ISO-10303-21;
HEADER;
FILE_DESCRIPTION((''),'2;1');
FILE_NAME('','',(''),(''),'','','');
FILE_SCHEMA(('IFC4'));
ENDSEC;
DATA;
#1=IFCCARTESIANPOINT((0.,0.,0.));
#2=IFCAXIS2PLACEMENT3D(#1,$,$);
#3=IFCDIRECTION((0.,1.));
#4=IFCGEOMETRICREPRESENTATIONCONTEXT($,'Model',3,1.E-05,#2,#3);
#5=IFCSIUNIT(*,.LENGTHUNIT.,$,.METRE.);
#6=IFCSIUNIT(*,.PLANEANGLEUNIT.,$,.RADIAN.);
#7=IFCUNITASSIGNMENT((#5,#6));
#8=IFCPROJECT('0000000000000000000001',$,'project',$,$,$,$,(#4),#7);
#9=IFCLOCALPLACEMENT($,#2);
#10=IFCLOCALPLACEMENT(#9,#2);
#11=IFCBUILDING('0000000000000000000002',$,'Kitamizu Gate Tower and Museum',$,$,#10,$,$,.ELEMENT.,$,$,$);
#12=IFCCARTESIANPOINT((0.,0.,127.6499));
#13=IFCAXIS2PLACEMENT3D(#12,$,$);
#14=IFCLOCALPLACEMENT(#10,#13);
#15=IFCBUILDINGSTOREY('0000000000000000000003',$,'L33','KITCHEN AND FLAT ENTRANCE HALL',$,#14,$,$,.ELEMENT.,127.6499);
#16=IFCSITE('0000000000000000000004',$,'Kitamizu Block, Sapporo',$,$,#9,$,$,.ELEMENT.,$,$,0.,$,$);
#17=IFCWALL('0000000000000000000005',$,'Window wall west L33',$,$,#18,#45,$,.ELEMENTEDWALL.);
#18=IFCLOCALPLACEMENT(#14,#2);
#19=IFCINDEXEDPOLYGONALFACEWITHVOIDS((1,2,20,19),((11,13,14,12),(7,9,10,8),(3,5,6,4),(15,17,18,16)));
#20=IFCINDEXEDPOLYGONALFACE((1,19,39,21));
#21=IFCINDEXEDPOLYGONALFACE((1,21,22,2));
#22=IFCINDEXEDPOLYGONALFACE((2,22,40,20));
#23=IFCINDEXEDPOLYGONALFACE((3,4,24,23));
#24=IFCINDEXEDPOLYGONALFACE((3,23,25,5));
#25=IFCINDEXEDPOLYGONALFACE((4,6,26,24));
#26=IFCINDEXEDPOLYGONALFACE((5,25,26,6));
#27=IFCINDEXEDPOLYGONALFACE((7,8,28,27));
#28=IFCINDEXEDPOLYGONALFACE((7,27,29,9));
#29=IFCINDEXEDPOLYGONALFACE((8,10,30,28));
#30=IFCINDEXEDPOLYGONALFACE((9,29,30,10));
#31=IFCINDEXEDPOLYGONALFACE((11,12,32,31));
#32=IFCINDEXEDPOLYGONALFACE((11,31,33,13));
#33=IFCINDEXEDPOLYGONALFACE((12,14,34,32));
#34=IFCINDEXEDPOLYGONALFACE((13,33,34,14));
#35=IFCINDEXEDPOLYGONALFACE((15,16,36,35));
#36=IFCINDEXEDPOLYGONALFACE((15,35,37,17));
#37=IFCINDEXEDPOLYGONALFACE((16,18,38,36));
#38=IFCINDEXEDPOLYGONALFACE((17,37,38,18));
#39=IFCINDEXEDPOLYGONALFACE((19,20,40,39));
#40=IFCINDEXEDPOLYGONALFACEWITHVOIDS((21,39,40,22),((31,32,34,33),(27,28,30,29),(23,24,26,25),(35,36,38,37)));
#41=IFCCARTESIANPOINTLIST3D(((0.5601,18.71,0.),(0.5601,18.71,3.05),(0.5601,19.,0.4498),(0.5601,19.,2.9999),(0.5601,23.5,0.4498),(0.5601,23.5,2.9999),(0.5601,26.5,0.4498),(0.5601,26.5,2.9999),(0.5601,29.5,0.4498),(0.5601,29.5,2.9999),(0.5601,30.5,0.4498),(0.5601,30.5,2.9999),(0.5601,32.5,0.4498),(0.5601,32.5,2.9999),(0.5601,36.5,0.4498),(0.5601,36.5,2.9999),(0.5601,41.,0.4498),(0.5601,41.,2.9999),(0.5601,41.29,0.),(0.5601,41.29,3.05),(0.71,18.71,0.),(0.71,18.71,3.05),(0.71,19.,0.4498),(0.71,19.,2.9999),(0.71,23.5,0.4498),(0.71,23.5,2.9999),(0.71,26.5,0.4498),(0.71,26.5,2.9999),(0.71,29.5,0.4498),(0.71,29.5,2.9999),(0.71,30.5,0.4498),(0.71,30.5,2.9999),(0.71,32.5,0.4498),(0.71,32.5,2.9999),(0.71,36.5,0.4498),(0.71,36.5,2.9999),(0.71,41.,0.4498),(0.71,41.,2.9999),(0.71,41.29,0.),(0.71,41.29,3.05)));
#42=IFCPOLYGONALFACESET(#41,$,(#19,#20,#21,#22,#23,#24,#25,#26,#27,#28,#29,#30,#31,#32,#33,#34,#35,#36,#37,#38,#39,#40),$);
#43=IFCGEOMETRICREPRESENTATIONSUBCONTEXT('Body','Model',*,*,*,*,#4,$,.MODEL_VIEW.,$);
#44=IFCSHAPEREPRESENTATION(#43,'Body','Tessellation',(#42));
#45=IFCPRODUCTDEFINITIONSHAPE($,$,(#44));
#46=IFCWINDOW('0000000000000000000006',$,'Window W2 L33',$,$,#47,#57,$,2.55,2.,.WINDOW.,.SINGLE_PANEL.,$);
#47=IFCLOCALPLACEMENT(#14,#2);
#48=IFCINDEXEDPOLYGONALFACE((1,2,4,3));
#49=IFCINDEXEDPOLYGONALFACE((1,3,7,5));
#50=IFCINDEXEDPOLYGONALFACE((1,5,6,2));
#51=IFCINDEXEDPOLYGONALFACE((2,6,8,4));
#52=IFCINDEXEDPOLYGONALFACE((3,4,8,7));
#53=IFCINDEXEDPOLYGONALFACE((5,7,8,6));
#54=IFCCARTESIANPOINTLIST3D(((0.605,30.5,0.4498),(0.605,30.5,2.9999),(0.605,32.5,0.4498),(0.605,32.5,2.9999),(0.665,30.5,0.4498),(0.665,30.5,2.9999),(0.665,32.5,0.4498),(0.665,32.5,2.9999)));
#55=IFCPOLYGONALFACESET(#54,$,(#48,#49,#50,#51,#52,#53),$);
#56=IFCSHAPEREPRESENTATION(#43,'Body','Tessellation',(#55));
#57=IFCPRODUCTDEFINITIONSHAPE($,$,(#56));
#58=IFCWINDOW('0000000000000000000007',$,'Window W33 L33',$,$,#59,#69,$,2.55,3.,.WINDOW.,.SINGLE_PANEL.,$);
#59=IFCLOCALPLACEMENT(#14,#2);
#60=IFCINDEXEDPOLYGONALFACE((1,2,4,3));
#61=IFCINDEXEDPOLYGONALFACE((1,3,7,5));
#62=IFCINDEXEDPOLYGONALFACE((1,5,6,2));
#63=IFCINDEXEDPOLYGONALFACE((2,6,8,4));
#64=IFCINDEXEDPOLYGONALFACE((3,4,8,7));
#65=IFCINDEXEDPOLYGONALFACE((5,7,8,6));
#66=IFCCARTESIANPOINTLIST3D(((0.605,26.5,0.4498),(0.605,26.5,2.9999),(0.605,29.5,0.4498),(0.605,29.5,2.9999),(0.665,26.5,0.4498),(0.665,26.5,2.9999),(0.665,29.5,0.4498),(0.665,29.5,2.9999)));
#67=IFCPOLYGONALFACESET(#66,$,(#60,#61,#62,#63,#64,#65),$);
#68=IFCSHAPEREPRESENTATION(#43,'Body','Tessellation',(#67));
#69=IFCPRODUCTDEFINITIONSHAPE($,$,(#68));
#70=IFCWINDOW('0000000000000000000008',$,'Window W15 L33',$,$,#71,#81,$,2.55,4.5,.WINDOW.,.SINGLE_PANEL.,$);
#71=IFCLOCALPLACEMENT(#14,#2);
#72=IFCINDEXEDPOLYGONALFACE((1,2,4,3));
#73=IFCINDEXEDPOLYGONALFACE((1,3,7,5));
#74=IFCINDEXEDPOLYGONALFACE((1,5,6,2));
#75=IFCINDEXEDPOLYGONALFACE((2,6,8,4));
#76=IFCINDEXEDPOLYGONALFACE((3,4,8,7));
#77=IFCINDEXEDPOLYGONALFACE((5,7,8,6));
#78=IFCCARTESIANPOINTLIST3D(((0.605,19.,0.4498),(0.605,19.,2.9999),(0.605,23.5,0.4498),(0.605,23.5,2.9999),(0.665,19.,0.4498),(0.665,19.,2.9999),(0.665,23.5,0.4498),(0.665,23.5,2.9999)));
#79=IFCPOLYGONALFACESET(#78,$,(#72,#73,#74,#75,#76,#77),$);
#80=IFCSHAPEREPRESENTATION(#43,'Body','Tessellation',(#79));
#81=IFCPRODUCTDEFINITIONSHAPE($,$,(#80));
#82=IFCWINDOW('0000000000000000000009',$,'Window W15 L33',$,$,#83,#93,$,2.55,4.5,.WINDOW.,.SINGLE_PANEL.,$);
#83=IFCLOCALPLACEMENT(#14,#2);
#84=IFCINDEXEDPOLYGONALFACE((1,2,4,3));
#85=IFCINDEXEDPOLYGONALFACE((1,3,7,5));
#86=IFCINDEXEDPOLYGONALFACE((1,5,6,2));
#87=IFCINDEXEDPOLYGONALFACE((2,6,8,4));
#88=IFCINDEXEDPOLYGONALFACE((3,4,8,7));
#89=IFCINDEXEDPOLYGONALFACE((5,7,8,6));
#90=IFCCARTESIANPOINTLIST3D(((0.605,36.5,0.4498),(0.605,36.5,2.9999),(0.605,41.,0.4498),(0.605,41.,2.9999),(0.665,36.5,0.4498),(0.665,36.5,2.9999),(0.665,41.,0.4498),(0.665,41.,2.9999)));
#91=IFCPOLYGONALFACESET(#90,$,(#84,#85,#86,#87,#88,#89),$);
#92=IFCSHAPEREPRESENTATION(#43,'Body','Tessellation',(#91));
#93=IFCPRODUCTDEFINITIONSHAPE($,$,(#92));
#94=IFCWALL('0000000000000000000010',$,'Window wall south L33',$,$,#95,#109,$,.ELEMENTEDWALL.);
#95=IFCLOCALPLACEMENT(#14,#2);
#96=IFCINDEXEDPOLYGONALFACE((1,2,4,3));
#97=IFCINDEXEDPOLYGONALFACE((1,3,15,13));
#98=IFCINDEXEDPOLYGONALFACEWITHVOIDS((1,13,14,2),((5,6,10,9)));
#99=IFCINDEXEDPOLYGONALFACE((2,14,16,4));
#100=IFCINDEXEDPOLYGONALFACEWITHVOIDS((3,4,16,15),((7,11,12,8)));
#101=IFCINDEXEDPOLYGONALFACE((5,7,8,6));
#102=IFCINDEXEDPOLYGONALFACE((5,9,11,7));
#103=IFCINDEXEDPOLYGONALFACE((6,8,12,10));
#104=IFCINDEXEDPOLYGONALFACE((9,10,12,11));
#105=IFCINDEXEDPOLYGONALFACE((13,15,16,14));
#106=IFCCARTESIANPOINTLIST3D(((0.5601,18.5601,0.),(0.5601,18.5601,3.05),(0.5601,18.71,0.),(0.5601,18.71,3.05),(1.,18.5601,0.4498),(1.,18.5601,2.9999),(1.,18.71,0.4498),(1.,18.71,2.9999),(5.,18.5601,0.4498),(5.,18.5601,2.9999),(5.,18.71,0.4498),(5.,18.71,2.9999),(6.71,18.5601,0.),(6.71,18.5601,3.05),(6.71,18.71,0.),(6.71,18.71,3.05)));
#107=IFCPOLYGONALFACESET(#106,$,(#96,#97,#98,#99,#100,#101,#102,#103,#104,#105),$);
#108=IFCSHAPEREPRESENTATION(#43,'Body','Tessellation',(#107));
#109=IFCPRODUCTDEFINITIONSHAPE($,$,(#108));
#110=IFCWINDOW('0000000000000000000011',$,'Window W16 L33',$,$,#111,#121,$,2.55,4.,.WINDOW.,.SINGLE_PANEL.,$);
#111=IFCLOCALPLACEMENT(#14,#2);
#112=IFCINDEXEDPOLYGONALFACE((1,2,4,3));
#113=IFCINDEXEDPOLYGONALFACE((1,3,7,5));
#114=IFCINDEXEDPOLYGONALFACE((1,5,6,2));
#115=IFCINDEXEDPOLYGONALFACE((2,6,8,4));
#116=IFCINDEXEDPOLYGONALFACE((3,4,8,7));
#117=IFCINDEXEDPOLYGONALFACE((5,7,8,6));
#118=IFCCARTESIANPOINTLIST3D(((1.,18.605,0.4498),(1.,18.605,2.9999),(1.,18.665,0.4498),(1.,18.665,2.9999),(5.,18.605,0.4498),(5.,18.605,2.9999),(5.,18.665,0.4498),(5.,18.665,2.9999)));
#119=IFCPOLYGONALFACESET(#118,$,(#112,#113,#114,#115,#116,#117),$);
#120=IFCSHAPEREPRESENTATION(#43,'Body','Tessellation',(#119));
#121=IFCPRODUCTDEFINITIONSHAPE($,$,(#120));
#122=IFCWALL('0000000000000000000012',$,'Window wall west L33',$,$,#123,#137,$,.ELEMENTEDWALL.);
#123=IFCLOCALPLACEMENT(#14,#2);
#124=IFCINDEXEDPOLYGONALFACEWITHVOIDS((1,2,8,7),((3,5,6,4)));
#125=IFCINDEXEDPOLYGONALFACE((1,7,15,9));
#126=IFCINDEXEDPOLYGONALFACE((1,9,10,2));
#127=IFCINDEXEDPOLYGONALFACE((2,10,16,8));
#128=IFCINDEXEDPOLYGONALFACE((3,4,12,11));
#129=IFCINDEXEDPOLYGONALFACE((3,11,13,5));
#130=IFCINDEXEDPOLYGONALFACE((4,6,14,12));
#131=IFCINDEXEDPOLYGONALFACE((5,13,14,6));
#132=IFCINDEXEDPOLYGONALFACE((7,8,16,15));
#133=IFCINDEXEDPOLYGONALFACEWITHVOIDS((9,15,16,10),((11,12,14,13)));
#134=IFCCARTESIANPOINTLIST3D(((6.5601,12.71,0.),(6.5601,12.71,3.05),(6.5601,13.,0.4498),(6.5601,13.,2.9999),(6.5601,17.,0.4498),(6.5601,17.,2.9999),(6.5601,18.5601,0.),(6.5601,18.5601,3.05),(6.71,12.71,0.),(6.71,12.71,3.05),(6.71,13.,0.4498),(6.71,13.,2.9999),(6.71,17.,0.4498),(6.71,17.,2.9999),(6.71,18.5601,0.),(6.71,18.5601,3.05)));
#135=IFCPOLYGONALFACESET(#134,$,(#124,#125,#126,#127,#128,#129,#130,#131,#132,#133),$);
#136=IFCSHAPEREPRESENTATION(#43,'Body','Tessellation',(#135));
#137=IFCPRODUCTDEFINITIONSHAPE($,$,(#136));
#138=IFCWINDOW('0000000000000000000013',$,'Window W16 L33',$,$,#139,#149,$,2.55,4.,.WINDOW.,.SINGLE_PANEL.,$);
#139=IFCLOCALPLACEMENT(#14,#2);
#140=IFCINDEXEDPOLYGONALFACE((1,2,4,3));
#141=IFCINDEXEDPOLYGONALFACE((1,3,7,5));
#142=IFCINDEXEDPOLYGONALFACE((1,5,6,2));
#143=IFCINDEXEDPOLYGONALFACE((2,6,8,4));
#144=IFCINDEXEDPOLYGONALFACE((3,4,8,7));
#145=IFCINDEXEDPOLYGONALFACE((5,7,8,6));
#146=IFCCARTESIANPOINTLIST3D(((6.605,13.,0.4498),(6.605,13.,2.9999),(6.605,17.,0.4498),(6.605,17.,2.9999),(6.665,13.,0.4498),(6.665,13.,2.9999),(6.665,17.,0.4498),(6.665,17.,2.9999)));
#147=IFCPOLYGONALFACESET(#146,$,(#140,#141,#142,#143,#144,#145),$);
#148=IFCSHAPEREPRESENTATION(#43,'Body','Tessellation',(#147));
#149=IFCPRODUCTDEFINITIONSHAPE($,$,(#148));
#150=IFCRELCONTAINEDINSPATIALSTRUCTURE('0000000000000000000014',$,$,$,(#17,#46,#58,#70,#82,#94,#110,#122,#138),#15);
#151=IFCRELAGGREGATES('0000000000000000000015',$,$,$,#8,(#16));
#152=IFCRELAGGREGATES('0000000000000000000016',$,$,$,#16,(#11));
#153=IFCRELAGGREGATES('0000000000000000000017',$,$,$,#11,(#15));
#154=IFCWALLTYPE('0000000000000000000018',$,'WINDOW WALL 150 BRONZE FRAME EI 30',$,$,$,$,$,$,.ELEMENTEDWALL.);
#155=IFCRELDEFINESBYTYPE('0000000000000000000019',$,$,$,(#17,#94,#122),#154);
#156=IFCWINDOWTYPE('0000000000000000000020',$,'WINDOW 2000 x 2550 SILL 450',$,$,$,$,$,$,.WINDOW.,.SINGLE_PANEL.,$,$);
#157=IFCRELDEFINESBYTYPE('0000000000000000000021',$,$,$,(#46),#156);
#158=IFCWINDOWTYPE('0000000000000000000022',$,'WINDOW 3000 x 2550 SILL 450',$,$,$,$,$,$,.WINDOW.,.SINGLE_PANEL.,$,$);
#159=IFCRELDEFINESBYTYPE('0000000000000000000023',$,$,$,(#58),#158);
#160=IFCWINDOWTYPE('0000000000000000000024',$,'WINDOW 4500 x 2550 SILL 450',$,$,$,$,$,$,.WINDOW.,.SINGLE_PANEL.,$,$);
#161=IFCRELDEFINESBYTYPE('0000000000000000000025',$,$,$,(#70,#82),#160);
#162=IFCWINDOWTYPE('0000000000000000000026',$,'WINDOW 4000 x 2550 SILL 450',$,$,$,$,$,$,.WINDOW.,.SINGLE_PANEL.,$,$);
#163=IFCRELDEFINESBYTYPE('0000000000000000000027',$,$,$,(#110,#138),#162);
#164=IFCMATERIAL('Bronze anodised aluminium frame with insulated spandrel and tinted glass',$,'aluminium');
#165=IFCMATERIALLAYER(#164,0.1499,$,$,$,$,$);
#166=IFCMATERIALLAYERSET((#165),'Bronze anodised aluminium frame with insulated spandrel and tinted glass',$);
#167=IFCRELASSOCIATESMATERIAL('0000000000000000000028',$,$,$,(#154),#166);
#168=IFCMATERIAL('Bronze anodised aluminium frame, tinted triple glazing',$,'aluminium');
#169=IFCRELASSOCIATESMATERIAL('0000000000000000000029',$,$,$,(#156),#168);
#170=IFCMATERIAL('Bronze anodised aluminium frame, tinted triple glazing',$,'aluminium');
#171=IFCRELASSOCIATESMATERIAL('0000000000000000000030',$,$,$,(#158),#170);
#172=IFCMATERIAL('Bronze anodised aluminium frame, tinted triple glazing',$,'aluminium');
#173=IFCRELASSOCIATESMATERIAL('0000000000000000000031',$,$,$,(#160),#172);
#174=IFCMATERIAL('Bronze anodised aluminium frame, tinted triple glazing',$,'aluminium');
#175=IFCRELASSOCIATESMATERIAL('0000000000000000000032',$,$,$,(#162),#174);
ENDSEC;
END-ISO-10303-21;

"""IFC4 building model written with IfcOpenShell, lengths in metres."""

from ifc_helpers import new_model, si_unit, direction, frame, frame_2d, origin, place, context, subcontext, project, spatial, rectangle, extrude, material, layer, layer_set, type_object, element, fill, save


model = new_model("IFC4")

# Units and contexts
model_context = context("Model", 3, precision=1e-05, world=origin(), true_north=direction((0.0, 1.0)))
body_context = subcontext(model_context, "Body", "Model", "MODEL_VIEW")
ifc_project = project(units=[si_unit("LENGTHUNIT", "METRE"), si_unit("PLANEANGLEUNIT", "RADIAN")], contexts=[model_context])

# Site, building, storey
site_placement = place(None, origin())
site = spatial("IfcSite", under=ifc_project, at=site_placement, Name="Kitamizu Block, Sapporo", CompositionType="ELEMENT", RefElevation=0.0)
building_placement = place(site_placement, origin())
building = spatial("IfcBuilding", under=site, at=building_placement, Name="Kitamizu Gate Tower and Museum", CompositionType="ELEMENT")
storey_placement = place(building_placement, frame((0.0, 0.0, 127.6499)))
storey = spatial("IfcBuildingStorey", under=building, at=storey_placement, Name="L33", Description="KITCHEN AND FLAT ENTRANCE HALL", CompositionType="ELEMENT", Elevation=127.6499)

# Wall, openings, windows
ifc_material_1 = material(Name="Bronze anodised aluminium frame with insulated spandrel and tinted glass", Category="aluminium")
ifc_layer = layer(ifc_material_1, 0.1499)
ifc_layer_set = layer_set([ifc_layer], Name="Bronze anodised aluminium frame with insulated spandrel and tinted glass")
wall_type = type_object("IfcWallType", Name="WINDOW WALL 150 BRONZE FRAME EI 30", PredefinedType="ELEMENTEDWALL", material=ifc_layer_set)
ifc_material_2 = material(Name="Bronze anodised aluminium frame, tinted triple glazing", Category="aluminium")
window_type_1 = type_object("IfcWindowType", Name="WINDOW 2000 x 2550 SILL 450", PartitioningType="SINGLE_PANEL", PredefinedType="WINDOW", material=ifc_material_2)
ifc_material_3 = material(Name="Bronze anodised aluminium frame, tinted triple glazing", Category="aluminium")
window_type_2 = type_object("IfcWindowType", Name="WINDOW 3000 x 2550 SILL 450", PartitioningType="SINGLE_PANEL", PredefinedType="WINDOW", material=ifc_material_3)
ifc_material_4 = material(Name="Bronze anodised aluminium frame, tinted triple glazing", Category="aluminium")
window_type_3 = type_object("IfcWindowType", Name="WINDOW 4500 x 2550 SILL 450", PartitioningType="SINGLE_PANEL", PredefinedType="WINDOW", material=ifc_material_4)
wall_1_placement = place(storey_placement, frame((0.635, 18.71, 0.0), z_axis=(0.0, 0.0, 1.0), x_axis=(0.0, 1.0, 0.0)))
wall_1 = element("IfcWall", 1, at=wall_1_placement, inside=storey, type_object=wall_type, Name="Window wall west L33", PredefinedType="ELEMENTEDWALL", context=body_context, shape_type="SweptSolid", body=[
    extrude(rectangle(XDim=22.5801, YDim=0.1499, at=frame_2d((11.29, 0.0))), origin(), (0.0, 0.0, 1.0), 3.05),
])
opening_1_placement = place(wall_1_placement, frame((0.29, 0.0, 0.45)))
opening_1 = element("IfcOpeningElement", 2, at=opening_1_placement, cuts=wall_1, PredefinedType="OPENING", context=body_context, shape_type="SweptSolid", body=[
    extrude(rectangle(XDim=4.5, YDim=2.55, at=frame_2d((2.25, 1.2749))), frame((0.0, 0.085, 0.0), z_axis=(0.0, -1.0, 0.0), x_axis=(1.0, 0.0, 0.0)), (0.0, 0.0, 1.0), 0.1699),
])
opening_2_placement = place(wall_1_placement, frame((7.79, 0.0, 0.45)))
opening_2 = element("IfcOpeningElement", 3, at=opening_2_placement, cuts=wall_1, PredefinedType="OPENING", context=body_context, shape_type="SweptSolid", body=[
    extrude(rectangle(XDim=3.0, YDim=2.55, at=frame_2d((1.5, 1.2749))), frame((0.0, 0.085, 0.0), z_axis=(0.0, -1.0, 0.0), x_axis=(1.0, 0.0, 0.0)), (0.0, 0.0, 1.0), 0.1699),
])
opening_3_placement = place(wall_1_placement, frame((11.79, 0.0, 0.45)))
opening_3 = element("IfcOpeningElement", 4, at=opening_3_placement, cuts=wall_1, PredefinedType="OPENING", context=body_context, shape_type="SweptSolid", body=[
    extrude(rectangle(XDim=2.0, YDim=2.55, at=frame_2d((1.0, 1.2749))), frame((0.0, 0.085, 0.0), z_axis=(0.0, -1.0, 0.0), x_axis=(1.0, 0.0, 0.0)), (0.0, 0.0, 1.0), 0.1699),
])
opening_4_placement = place(wall_1_placement, frame((17.79, 0.0, 0.45)))
opening_4 = element("IfcOpeningElement", 5, at=opening_4_placement, cuts=wall_1, PredefinedType="OPENING", context=body_context, shape_type="SweptSolid", body=[
    extrude(rectangle(XDim=4.5, YDim=2.55, at=frame_2d((2.25, 1.2749))), frame((0.0, 0.085, 0.0), z_axis=(0.0, -1.0, 0.0), x_axis=(1.0, 0.0, 0.0)), (0.0, 0.0, 1.0), 0.1699),
])
window_1_placement = place(opening_3_placement, origin())
window_1 = element("IfcWindow", 6, at=window_1_placement, inside=storey, type_object=window_type_1, Name="Window W2 L33", OverallHeight=2.55, OverallWidth=2.0, PartitioningType="SINGLE_PANEL", PredefinedType="WINDOW", context=body_context, shape_type="SweptSolid", body=[
    extrude(rectangle(XDim=2.0, YDim=2.55, at=frame_2d((1.0, 1.2749))), frame((0.0, 0.03, 0.0), z_axis=(0.0, -1.0, 0.0), x_axis=(1.0, 0.0, 0.0)), (0.0, 0.0, 1.0), 0.0601),
])
fill(opening_3, window_1)
window_2_placement = place(opening_2_placement, origin())
window_2 = element("IfcWindow", 7, at=window_2_placement, inside=storey, type_object=window_type_2, Name="Window W33 L33", OverallHeight=2.55, OverallWidth=3.0, PartitioningType="SINGLE_PANEL", PredefinedType="WINDOW", context=body_context, shape_type="SweptSolid", body=[
    extrude(rectangle(XDim=3.0, YDim=2.55, at=frame_2d((1.5, 1.2749))), frame((0.0, 0.03, 0.0), z_axis=(0.0, -1.0, 0.0), x_axis=(1.0, 0.0, 0.0)), (0.0, 0.0, 1.0), 0.0601),
])
fill(opening_2, window_2)
window_3_placement = place(opening_1_placement, origin())
window_3 = element("IfcWindow", 8, at=window_3_placement, inside=storey, type_object=window_type_3, Name="Window W15 L33", OverallHeight=2.55, OverallWidth=4.5, PartitioningType="SINGLE_PANEL", PredefinedType="WINDOW", context=body_context, shape_type="SweptSolid", body=[
    extrude(rectangle(XDim=4.5, YDim=2.55, at=frame_2d((2.25, 1.2749))), frame((0.0, 0.03, 0.0), z_axis=(0.0, -1.0, 0.0), x_axis=(1.0, 0.0, 0.0)), (0.0, 0.0, 1.0), 0.0601),
])
fill(opening_1, window_3)
window_4_placement = place(opening_4_placement, origin())
window_4 = element("IfcWindow", 9, at=window_4_placement, inside=storey, type_object=window_type_3, Name="Window W15 L33", OverallHeight=2.55, OverallWidth=4.5, PartitioningType="SINGLE_PANEL", PredefinedType="WINDOW", context=body_context, shape_type="SweptSolid", body=[
    extrude(rectangle(XDim=4.5, YDim=2.55, at=frame_2d((2.25, 1.2749))), frame((0.0, 0.03, 0.0), z_axis=(0.0, -1.0, 0.0), x_axis=(1.0, 0.0, 0.0)), (0.0, 0.0, 1.0), 0.0601),
])
fill(opening_4, window_4)

# Walls, openings, windows
wall_2_placement = place(storey_placement, frame((0.5601, 18.635, 0.0), z_axis=(0.0, 0.0, 1.0), x_axis=(1.0, 0.0, 0.0)))
wall_2 = element("IfcWall", 10, at=wall_2_placement, inside=storey, type_object=wall_type, Name="Window wall south L33", PredefinedType="ELEMENTEDWALL", context=body_context, shape_type="SweptSolid", body=[
    extrude(rectangle(XDim=6.1499, YDim=0.1499, at=frame_2d((3.075, 0.0))), origin(), (0.0, 0.0, 1.0), 3.05),
])
opening_5_placement = place(wall_2_placement, frame((0.4399, 0.0, 0.45)))
opening_5 = element("IfcOpeningElement", 11, at=opening_5_placement, cuts=wall_2, PredefinedType="OPENING", context=body_context, shape_type="SweptSolid", body=[
    extrude(rectangle(XDim=4.0, YDim=2.55, at=frame_2d((2.0, 1.2749))), frame((0.0, 0.085, 0.0), z_axis=(0.0, -1.0, 0.0), x_axis=(1.0, 0.0, 0.0)), (0.0, 0.0, 1.0), 0.1699),
])
ifc_material_5 = material(Name="Bronze anodised aluminium frame, tinted triple glazing", Category="aluminium")
window_type_4 = type_object("IfcWindowType", Name="WINDOW 4000 x 2550 SILL 450", PartitioningType="SINGLE_PANEL", PredefinedType="WINDOW", material=ifc_material_5)
window_5_placement = place(opening_5_placement, origin())
window_5 = element("IfcWindow", 12, at=window_5_placement, inside=storey, type_object=window_type_4, Name="Window W16 L33", OverallHeight=2.55, OverallWidth=4.0, PartitioningType="SINGLE_PANEL", PredefinedType="WINDOW", context=body_context, shape_type="SweptSolid", body=[
    extrude(rectangle(XDim=4.0, YDim=2.55, at=frame_2d((2.0, 1.2749))), frame((0.0, 0.03, 0.0), z_axis=(0.0, -1.0, 0.0), x_axis=(1.0, 0.0, 0.0)), (0.0, 0.0, 1.0), 0.0601),
])
fill(opening_5, window_5)
wall_3_placement = place(storey_placement, frame((6.635, 12.71, 0.0), z_axis=(0.0, 0.0, 1.0), x_axis=(0.0, 1.0, 0.0)))
wall_3 = element("IfcWall", 13, at=wall_3_placement, inside=storey, type_object=wall_type, Name="Window wall west L33", PredefinedType="ELEMENTEDWALL", context=body_context, shape_type="SweptSolid", body=[
    extrude(rectangle(XDim=5.8501, YDim=0.1499, at=frame_2d((2.925, 0.0))), origin(), (0.0, 0.0, 1.0), 3.05),
])
opening_6_placement = place(wall_3_placement, frame((0.29, 0.0, 0.45)))
opening_6 = element("IfcOpeningElement", 14, at=opening_6_placement, cuts=wall_3, PredefinedType="OPENING", context=body_context, shape_type="SweptSolid", body=[
    extrude(rectangle(XDim=4.0, YDim=2.55, at=frame_2d((2.0, 1.2749))), frame((0.0, 0.085, 0.0), z_axis=(0.0, -1.0, 0.0), x_axis=(1.0, 0.0, 0.0)), (0.0, 0.0, 1.0), 0.1699),
])
window_6_placement = place(opening_6_placement, origin())
window_6 = element("IfcWindow", 15, at=window_6_placement, inside=storey, type_object=window_type_4, Name="Window W16 L33", OverallHeight=2.55, OverallWidth=4.0, PartitioningType="SINGLE_PANEL", PredefinedType="WINDOW", context=body_context, shape_type="SweptSolid", body=[
    extrude(rectangle(XDim=4.0, YDim=2.55, at=frame_2d((2.0, 1.2749))), frame((0.0, 0.03, 0.0), z_axis=(0.0, -1.0, 0.0), x_axis=(1.0, 0.0, 0.0)), (0.0, 0.0, 1.0), 0.0601),
])
fill(opening_6, window_6)

save(model, "model.ifc")
